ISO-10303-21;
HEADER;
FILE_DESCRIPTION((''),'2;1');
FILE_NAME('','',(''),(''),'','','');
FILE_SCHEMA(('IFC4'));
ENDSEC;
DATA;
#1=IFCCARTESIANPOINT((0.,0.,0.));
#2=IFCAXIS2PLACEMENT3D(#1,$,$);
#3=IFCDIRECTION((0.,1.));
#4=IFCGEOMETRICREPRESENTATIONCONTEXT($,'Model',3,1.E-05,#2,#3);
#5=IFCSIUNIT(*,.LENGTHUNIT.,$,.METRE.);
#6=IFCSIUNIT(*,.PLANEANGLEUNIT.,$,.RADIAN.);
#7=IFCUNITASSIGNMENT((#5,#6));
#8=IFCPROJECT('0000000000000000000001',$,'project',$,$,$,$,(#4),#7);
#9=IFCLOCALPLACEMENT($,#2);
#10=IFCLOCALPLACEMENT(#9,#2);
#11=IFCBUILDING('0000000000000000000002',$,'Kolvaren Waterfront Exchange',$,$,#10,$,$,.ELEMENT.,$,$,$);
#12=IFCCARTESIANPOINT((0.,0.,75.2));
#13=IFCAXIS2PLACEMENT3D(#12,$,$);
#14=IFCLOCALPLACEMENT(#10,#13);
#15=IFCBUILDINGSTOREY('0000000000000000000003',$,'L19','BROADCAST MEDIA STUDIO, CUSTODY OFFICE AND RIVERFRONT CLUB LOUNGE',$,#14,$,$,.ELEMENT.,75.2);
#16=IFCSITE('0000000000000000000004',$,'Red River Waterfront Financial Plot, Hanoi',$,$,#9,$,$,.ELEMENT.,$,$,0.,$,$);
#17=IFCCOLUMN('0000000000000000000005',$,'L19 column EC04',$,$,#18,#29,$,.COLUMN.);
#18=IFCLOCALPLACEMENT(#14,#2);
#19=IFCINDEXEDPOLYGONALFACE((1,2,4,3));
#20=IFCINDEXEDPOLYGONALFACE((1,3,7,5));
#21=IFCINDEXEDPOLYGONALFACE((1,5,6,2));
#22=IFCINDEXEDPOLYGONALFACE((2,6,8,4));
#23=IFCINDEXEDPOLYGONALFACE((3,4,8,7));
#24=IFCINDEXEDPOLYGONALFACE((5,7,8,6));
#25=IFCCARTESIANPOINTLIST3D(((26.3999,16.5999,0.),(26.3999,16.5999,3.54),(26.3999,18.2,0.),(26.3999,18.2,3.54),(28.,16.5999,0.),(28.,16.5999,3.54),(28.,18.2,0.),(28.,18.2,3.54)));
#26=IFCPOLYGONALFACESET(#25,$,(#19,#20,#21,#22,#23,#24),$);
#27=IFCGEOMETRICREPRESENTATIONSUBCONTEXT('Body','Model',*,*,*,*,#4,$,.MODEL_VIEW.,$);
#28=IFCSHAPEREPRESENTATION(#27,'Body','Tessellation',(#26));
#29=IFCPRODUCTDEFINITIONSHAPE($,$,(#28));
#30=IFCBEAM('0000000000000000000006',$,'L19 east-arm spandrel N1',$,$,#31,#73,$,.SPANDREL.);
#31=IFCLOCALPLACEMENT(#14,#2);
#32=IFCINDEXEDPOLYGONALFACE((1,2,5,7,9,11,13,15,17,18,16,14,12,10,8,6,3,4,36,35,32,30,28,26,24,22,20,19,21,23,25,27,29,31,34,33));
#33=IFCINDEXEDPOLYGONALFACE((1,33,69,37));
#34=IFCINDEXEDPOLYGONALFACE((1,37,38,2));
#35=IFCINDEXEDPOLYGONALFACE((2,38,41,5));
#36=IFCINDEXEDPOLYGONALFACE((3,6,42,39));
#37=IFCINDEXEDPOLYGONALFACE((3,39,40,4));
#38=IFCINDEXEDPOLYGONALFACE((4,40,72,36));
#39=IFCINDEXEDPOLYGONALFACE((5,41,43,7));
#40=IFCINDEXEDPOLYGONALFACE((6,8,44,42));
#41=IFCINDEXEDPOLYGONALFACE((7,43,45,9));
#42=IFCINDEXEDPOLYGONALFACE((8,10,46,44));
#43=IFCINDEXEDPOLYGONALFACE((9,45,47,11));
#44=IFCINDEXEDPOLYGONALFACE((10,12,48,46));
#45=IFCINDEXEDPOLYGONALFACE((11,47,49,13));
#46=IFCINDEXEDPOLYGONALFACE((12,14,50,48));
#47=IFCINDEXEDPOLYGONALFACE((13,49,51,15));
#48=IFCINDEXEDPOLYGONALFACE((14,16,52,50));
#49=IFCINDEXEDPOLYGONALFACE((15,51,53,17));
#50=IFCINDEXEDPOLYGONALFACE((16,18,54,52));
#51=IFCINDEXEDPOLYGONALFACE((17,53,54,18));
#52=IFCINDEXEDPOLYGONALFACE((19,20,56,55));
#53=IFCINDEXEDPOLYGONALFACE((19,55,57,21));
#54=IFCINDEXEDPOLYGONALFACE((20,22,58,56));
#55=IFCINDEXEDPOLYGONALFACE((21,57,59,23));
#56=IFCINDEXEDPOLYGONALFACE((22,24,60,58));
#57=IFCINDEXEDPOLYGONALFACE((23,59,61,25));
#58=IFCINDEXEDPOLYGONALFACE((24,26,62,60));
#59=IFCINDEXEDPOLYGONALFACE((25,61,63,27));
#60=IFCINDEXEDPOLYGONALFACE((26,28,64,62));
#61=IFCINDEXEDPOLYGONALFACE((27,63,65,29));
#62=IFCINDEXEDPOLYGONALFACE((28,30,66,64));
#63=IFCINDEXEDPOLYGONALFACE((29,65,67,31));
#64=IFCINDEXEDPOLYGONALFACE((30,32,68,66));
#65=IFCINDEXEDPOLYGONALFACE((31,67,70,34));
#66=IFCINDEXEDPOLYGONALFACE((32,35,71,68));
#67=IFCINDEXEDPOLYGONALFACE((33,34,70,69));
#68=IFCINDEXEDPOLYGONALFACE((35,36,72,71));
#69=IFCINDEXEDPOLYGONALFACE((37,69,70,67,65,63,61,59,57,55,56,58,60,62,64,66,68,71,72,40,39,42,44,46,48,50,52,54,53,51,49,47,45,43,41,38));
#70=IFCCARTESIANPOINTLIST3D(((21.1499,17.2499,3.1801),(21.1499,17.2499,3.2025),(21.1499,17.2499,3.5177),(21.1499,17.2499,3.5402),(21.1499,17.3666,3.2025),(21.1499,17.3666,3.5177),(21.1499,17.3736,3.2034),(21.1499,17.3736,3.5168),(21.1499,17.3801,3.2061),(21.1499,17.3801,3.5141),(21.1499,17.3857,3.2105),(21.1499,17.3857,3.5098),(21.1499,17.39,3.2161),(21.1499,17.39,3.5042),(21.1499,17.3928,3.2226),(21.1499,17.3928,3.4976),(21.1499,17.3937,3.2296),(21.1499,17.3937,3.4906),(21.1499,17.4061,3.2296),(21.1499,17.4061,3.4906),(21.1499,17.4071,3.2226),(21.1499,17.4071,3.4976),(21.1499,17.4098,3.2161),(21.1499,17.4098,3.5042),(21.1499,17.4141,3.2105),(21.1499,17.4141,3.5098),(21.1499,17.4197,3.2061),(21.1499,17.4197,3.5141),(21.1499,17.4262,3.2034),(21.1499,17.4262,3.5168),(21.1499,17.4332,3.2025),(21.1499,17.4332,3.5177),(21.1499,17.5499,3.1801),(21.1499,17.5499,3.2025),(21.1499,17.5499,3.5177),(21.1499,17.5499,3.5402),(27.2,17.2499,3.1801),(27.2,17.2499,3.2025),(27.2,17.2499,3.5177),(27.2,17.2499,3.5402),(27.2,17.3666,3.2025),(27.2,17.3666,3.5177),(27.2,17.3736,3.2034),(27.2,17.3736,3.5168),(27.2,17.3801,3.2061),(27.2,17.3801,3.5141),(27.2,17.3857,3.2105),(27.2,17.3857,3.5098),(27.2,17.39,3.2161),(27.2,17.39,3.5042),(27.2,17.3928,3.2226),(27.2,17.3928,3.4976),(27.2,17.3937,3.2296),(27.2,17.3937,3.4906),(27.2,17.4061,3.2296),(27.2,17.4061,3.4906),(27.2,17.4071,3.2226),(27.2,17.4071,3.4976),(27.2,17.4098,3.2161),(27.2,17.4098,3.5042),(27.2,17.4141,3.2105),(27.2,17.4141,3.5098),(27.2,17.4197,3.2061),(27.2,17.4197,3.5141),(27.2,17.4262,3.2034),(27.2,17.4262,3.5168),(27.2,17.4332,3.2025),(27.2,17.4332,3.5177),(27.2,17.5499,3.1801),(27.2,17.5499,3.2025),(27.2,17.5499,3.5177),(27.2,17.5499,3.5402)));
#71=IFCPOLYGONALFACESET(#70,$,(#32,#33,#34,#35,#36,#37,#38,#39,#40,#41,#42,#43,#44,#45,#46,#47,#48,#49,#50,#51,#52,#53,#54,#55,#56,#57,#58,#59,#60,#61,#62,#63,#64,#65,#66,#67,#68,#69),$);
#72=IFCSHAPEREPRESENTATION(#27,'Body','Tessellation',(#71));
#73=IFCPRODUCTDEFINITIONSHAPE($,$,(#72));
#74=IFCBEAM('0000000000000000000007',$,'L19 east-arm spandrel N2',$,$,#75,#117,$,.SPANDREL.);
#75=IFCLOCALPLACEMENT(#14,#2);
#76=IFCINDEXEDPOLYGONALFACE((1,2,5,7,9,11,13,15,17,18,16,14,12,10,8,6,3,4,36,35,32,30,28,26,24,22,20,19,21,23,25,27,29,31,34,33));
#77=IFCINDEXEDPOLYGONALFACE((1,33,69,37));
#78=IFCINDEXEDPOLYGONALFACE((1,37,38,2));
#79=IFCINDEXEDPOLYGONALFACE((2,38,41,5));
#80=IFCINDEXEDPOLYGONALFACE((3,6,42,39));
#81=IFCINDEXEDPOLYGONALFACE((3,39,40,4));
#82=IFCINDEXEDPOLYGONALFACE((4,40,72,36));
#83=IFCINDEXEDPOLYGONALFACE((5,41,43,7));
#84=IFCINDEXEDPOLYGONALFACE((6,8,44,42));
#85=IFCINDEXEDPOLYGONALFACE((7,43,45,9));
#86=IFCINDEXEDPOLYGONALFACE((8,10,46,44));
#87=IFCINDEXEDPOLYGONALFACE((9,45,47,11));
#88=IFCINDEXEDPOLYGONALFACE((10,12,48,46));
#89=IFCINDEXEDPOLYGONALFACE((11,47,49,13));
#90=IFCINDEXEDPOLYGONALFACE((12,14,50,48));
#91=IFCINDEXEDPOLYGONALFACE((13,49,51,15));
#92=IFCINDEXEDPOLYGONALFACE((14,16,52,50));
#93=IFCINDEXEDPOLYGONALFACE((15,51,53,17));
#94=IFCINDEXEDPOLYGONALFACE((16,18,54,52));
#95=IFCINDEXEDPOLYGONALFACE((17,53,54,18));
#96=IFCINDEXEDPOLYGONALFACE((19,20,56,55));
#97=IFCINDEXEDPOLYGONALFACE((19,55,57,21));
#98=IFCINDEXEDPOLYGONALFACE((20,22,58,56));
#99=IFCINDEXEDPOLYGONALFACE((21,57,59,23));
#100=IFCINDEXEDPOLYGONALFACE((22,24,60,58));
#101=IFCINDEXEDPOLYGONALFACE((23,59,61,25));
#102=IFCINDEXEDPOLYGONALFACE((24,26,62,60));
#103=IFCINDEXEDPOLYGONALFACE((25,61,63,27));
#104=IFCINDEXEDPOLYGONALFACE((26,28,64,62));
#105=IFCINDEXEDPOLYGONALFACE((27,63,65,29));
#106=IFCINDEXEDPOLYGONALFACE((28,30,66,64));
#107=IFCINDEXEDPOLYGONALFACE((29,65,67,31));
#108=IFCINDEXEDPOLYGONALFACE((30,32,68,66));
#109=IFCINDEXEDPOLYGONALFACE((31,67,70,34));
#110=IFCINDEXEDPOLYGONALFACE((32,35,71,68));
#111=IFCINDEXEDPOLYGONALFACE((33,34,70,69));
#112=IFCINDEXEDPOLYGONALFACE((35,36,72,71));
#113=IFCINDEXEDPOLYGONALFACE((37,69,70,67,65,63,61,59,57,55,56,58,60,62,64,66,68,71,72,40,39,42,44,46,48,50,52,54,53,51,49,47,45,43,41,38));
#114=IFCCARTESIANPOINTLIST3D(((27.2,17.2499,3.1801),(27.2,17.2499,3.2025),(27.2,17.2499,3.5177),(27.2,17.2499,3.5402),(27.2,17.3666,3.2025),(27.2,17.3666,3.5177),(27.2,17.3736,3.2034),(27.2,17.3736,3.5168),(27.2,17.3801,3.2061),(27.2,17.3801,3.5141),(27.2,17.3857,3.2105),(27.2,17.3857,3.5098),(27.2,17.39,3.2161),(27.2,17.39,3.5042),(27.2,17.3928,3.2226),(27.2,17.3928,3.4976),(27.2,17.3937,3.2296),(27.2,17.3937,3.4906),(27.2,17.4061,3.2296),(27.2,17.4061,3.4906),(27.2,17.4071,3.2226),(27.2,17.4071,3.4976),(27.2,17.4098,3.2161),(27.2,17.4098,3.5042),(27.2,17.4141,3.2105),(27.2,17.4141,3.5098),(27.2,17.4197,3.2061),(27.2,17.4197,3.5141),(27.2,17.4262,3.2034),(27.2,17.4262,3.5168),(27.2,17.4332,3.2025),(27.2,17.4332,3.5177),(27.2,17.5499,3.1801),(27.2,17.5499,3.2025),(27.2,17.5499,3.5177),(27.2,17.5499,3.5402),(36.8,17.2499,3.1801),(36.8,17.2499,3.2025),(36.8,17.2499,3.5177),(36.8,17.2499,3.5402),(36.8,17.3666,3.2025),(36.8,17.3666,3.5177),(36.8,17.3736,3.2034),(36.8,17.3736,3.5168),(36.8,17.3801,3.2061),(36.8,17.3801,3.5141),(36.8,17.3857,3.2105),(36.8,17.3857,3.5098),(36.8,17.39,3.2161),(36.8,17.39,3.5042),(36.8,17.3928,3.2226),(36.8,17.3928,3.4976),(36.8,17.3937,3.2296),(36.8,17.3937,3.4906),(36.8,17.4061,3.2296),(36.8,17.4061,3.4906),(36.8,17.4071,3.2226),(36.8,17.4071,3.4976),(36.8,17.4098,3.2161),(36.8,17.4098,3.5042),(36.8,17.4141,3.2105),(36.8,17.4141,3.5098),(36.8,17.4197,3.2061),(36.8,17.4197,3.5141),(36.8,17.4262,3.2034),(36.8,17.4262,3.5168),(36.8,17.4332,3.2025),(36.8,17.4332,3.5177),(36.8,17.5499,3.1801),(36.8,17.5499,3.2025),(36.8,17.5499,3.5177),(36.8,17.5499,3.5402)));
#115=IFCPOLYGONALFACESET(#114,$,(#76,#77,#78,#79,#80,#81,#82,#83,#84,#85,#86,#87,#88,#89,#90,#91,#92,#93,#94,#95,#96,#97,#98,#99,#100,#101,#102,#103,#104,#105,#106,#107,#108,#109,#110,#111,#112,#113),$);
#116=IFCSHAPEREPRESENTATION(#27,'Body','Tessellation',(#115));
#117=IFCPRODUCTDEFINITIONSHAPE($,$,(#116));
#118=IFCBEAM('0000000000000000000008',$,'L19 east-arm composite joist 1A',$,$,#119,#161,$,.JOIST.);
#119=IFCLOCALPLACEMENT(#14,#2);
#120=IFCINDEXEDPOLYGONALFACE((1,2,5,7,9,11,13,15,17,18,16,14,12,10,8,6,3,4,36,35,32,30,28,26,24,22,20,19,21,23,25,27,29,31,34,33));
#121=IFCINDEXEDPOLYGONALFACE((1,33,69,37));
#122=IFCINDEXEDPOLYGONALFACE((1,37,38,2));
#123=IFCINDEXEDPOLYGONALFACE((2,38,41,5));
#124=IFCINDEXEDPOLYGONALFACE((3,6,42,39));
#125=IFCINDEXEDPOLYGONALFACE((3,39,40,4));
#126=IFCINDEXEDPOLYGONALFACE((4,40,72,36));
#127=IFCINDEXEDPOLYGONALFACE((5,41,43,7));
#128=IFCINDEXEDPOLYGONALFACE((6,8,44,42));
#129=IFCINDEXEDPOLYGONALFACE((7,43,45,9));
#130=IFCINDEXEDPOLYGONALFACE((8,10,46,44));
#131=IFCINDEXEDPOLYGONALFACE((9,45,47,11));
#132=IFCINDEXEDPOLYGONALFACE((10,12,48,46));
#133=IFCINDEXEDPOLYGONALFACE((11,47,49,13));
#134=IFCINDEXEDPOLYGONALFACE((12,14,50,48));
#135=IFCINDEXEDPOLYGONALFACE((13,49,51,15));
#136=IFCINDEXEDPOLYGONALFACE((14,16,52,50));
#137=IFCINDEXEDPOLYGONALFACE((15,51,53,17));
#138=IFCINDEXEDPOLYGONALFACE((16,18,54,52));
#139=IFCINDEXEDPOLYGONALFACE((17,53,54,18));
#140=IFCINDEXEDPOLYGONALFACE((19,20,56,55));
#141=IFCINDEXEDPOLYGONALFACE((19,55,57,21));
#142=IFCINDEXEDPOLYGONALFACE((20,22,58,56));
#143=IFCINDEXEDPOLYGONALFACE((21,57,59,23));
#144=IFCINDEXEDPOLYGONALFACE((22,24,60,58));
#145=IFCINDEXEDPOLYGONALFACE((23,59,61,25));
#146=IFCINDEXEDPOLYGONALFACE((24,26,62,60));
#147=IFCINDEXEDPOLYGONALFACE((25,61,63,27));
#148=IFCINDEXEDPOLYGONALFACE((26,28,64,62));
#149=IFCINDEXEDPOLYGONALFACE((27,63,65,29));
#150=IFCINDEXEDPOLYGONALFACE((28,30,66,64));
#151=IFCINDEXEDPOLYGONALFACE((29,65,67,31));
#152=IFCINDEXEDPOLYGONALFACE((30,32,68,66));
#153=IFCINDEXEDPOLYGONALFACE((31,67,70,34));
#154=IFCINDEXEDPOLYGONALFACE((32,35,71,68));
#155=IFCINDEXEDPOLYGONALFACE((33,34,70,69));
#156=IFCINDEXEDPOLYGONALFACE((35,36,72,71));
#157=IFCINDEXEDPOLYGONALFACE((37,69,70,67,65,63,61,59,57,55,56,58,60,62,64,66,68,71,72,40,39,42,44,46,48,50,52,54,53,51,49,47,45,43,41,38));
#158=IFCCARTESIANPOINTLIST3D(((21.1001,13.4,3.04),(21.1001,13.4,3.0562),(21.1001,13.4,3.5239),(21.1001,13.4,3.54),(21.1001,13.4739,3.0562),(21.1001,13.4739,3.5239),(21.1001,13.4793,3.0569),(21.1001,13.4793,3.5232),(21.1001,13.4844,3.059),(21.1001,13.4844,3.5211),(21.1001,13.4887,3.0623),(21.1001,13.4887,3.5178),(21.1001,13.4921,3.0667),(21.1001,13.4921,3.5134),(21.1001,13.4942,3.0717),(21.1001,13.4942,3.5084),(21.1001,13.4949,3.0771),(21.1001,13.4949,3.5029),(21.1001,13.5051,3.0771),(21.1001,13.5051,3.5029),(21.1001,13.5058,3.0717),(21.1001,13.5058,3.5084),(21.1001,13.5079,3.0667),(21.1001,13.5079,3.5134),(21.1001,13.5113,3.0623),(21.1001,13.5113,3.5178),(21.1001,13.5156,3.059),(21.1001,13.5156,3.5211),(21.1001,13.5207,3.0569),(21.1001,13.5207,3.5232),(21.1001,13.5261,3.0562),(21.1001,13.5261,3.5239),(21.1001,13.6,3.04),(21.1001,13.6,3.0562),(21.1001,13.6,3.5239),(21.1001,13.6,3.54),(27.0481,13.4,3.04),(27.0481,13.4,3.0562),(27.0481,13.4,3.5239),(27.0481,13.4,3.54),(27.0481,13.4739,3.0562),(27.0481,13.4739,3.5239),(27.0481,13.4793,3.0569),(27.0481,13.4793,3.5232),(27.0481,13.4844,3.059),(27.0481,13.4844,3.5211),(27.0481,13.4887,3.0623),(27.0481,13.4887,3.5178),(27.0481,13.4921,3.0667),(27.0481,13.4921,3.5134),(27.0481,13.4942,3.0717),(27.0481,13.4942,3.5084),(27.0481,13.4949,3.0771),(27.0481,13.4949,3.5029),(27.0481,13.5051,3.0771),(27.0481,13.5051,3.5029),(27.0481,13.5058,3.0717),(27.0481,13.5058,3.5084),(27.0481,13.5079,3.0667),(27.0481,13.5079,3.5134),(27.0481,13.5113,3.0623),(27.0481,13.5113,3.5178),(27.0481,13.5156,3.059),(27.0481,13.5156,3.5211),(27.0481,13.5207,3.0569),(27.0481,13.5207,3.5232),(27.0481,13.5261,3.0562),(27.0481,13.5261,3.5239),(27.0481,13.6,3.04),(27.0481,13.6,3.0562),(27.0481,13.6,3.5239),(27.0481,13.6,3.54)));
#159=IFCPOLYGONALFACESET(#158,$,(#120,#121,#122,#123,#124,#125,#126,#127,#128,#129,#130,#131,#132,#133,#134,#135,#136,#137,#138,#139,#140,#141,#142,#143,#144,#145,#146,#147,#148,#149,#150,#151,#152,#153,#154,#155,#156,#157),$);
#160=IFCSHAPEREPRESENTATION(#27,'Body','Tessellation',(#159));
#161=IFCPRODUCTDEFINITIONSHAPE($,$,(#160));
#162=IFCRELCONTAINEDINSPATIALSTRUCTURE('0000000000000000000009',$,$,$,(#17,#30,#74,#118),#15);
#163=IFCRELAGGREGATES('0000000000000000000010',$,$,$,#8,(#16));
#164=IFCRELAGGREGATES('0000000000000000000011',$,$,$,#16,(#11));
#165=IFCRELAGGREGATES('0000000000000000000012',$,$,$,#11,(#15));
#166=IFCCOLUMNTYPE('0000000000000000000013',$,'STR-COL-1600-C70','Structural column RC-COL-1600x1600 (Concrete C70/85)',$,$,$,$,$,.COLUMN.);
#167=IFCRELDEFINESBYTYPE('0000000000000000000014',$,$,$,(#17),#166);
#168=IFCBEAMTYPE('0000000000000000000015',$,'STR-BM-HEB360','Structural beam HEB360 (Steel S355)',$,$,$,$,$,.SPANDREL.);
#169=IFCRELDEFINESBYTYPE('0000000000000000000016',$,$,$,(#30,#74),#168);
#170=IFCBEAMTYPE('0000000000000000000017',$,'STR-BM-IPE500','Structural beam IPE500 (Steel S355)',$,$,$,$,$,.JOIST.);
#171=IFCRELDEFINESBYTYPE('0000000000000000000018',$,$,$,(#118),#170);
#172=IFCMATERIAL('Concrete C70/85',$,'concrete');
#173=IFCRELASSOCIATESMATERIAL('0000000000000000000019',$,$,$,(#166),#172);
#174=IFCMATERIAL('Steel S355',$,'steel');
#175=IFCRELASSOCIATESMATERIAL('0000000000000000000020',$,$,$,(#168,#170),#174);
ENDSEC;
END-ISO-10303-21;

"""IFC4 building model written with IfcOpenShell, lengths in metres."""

from ifc_helpers import new_model, si_unit, direction, frame, origin, origin_2d, place, context, subcontext, project, spatial, rectangle, i_section, extrude, material, material_profile, profile_set, type_object, element, save


model = new_model("IFC4")

# Units and contexts
model_context = context("Model", 3, precision=1e-05, world=origin(), true_north=direction((0.0, 1.0)))
body_context = subcontext(model_context, "Body", "Model", "MODEL_VIEW")
ifc_project = project(units=[si_unit("LENGTHUNIT", "METRE"), si_unit("PLANEANGLEUNIT", "RADIAN")], contexts=[model_context])

# Site, building, storey
site_placement = place(None, origin())
site = spatial("IfcSite", under=ifc_project, at=site_placement, Name="Red River Waterfront Financial Plot, Hanoi", CompositionType="ELEMENT", RefElevation=0.0)
building_placement = place(site_placement, origin())
building = spatial("IfcBuilding", under=site, at=building_placement, Name="Kolvaren Waterfront Exchange", CompositionType="ELEMENT")
storey_placement = place(building_placement, frame((0.0, 0.0, 75.2)))
storey = spatial("IfcBuildingStorey", under=building, at=storey_placement, Name="L19", Description="BROADCAST MEDIA STUDIO, CUSTODY OFFICE AND RIVERFRONT CLUB LOUNGE", CompositionType="ELEMENT", Elevation=75.2)

# Column
ifc_material_1 = material(Name="Concrete C70/85", Category="concrete")
ifc_material_profile_1 = material_profile(ifc_material_1, rectangle(XDim=1.6001, YDim=1.6001, at=origin_2d()), Name="RC-COL-1600x1600")
ifc_profile_set_1 = profile_set([ifc_material_profile_1], Name="Concrete C70/85")
column_type = type_object("IfcColumnType", Name="STR-COL-1600-C70", Description="Structural column RC-COL-1600x1600 (Concrete C70/85)", PredefinedType="COLUMN", material=ifc_profile_set_1)
column_placement = place(storey_placement, frame((27.2, 17.3999, 0.0), z_axis=(0.0, 0.0, 1.0), x_axis=(1.0, 0.0, 0.0)))
element("IfcColumn", 1, at=column_placement, inside=storey, type_object=column_type, Name="L19 column EC04", PredefinedType="COLUMN", context=body_context, shape_type="SweptSolid", body=[
    extrude(rectangle(XDim=1.6001, YDim=1.6001, at=origin_2d()), origin(), (0.0, 0.0, 1.0), 3.54),
])

# Beams
ifc_material_2 = material(Name="Steel S355", Category="steel")
ifc_material_profile_2 = material_profile(ifc_material_2, i_section(OverallWidth=0.3, OverallDepth=0.3601, WebThickness=0.0125, FlangeThickness=0.0225, FilletRadius=0.0271, at=origin_2d()), Name="HEB360")
ifc_profile_set_2 = profile_set([ifc_material_profile_2], Name="Steel S355")
beam_type_1 = type_object("IfcBeamType", Name="STR-BM-HEB360", Description="Structural beam HEB360 (Steel S355)", PredefinedType="SPANDREL", material=ifc_profile_set_2)
beam_1_placement = place(storey_placement, frame((21.1499, 17.3999, 3.3601), z_axis=(1.0, 0.0, 0.0), x_axis=(0.0, 1.0, 0.0)))
element("IfcBeam", 2, at=beam_1_placement, inside=storey, type_object=beam_type_1, Name="L19 east-arm spandrel N1", PredefinedType="SPANDREL", context=body_context, shape_type="SweptSolid", body=[
    extrude(i_section(OverallWidth=0.3, OverallDepth=0.3601, WebThickness=0.0125, FlangeThickness=0.0225, FilletRadius=0.0271, at=origin_2d()), origin(), (0.0, 0.0, 1.0), 6.05),
])
beam_2_placement = place(storey_placement, frame((27.2, 17.3999, 3.3601), z_axis=(1.0, 0.0, 0.0), x_axis=(0.0, 1.0, 0.0)))
element("IfcBeam", 3, at=beam_2_placement, inside=storey, type_object=beam_type_1, Name="L19 east-arm spandrel N2", PredefinedType="SPANDREL", context=body_context, shape_type="SweptSolid", body=[
    extrude(i_section(OverallWidth=0.3, OverallDepth=0.3601, WebThickness=0.0125, FlangeThickness=0.0225, FilletRadius=0.0271, at=origin_2d()), origin(), (0.0, 0.0, 1.0), 9.6001),
])
ifc_material_profile_3 = material_profile(ifc_material_2, i_section(OverallWidth=0.2, OverallDepth=0.5, WebThickness=0.0103, FlangeThickness=0.0161, FilletRadius=0.021, at=origin_2d()), Name="IPE500")
ifc_profile_set_3 = profile_set([ifc_material_profile_3], Name="Steel S355")
beam_type_2 = type_object("IfcBeamType", Name="STR-BM-IPE500", Description="Structural beam IPE500 (Steel S355)", PredefinedType="JOIST", material=ifc_profile_set_3)
for number, where, z_axis, x_axis, name in (
    (4, (21.1001, 13.5, 3.29), (1.0, 0.0, 0.0), (0.0, 1.0, 0.0), "L19 east-arm composite joist 1A"),
):
    element("IfcBeam", number, at=place(storey_placement, frame(where, z_axis=z_axis, x_axis=x_axis)), inside=storey, type_object=beam_type_2, Name=name, PredefinedType="JOIST", context=body_context, shape_type="SweptSolid", body=[
        extrude(i_section(OverallWidth=0.2, OverallDepth=0.5, WebThickness=0.0103, FlangeThickness=0.0161, FilletRadius=0.021, at=origin_2d()), origin(), (0.0, 0.0, 1.0), 5.948),
    ])

save(model, "model.ifc")
